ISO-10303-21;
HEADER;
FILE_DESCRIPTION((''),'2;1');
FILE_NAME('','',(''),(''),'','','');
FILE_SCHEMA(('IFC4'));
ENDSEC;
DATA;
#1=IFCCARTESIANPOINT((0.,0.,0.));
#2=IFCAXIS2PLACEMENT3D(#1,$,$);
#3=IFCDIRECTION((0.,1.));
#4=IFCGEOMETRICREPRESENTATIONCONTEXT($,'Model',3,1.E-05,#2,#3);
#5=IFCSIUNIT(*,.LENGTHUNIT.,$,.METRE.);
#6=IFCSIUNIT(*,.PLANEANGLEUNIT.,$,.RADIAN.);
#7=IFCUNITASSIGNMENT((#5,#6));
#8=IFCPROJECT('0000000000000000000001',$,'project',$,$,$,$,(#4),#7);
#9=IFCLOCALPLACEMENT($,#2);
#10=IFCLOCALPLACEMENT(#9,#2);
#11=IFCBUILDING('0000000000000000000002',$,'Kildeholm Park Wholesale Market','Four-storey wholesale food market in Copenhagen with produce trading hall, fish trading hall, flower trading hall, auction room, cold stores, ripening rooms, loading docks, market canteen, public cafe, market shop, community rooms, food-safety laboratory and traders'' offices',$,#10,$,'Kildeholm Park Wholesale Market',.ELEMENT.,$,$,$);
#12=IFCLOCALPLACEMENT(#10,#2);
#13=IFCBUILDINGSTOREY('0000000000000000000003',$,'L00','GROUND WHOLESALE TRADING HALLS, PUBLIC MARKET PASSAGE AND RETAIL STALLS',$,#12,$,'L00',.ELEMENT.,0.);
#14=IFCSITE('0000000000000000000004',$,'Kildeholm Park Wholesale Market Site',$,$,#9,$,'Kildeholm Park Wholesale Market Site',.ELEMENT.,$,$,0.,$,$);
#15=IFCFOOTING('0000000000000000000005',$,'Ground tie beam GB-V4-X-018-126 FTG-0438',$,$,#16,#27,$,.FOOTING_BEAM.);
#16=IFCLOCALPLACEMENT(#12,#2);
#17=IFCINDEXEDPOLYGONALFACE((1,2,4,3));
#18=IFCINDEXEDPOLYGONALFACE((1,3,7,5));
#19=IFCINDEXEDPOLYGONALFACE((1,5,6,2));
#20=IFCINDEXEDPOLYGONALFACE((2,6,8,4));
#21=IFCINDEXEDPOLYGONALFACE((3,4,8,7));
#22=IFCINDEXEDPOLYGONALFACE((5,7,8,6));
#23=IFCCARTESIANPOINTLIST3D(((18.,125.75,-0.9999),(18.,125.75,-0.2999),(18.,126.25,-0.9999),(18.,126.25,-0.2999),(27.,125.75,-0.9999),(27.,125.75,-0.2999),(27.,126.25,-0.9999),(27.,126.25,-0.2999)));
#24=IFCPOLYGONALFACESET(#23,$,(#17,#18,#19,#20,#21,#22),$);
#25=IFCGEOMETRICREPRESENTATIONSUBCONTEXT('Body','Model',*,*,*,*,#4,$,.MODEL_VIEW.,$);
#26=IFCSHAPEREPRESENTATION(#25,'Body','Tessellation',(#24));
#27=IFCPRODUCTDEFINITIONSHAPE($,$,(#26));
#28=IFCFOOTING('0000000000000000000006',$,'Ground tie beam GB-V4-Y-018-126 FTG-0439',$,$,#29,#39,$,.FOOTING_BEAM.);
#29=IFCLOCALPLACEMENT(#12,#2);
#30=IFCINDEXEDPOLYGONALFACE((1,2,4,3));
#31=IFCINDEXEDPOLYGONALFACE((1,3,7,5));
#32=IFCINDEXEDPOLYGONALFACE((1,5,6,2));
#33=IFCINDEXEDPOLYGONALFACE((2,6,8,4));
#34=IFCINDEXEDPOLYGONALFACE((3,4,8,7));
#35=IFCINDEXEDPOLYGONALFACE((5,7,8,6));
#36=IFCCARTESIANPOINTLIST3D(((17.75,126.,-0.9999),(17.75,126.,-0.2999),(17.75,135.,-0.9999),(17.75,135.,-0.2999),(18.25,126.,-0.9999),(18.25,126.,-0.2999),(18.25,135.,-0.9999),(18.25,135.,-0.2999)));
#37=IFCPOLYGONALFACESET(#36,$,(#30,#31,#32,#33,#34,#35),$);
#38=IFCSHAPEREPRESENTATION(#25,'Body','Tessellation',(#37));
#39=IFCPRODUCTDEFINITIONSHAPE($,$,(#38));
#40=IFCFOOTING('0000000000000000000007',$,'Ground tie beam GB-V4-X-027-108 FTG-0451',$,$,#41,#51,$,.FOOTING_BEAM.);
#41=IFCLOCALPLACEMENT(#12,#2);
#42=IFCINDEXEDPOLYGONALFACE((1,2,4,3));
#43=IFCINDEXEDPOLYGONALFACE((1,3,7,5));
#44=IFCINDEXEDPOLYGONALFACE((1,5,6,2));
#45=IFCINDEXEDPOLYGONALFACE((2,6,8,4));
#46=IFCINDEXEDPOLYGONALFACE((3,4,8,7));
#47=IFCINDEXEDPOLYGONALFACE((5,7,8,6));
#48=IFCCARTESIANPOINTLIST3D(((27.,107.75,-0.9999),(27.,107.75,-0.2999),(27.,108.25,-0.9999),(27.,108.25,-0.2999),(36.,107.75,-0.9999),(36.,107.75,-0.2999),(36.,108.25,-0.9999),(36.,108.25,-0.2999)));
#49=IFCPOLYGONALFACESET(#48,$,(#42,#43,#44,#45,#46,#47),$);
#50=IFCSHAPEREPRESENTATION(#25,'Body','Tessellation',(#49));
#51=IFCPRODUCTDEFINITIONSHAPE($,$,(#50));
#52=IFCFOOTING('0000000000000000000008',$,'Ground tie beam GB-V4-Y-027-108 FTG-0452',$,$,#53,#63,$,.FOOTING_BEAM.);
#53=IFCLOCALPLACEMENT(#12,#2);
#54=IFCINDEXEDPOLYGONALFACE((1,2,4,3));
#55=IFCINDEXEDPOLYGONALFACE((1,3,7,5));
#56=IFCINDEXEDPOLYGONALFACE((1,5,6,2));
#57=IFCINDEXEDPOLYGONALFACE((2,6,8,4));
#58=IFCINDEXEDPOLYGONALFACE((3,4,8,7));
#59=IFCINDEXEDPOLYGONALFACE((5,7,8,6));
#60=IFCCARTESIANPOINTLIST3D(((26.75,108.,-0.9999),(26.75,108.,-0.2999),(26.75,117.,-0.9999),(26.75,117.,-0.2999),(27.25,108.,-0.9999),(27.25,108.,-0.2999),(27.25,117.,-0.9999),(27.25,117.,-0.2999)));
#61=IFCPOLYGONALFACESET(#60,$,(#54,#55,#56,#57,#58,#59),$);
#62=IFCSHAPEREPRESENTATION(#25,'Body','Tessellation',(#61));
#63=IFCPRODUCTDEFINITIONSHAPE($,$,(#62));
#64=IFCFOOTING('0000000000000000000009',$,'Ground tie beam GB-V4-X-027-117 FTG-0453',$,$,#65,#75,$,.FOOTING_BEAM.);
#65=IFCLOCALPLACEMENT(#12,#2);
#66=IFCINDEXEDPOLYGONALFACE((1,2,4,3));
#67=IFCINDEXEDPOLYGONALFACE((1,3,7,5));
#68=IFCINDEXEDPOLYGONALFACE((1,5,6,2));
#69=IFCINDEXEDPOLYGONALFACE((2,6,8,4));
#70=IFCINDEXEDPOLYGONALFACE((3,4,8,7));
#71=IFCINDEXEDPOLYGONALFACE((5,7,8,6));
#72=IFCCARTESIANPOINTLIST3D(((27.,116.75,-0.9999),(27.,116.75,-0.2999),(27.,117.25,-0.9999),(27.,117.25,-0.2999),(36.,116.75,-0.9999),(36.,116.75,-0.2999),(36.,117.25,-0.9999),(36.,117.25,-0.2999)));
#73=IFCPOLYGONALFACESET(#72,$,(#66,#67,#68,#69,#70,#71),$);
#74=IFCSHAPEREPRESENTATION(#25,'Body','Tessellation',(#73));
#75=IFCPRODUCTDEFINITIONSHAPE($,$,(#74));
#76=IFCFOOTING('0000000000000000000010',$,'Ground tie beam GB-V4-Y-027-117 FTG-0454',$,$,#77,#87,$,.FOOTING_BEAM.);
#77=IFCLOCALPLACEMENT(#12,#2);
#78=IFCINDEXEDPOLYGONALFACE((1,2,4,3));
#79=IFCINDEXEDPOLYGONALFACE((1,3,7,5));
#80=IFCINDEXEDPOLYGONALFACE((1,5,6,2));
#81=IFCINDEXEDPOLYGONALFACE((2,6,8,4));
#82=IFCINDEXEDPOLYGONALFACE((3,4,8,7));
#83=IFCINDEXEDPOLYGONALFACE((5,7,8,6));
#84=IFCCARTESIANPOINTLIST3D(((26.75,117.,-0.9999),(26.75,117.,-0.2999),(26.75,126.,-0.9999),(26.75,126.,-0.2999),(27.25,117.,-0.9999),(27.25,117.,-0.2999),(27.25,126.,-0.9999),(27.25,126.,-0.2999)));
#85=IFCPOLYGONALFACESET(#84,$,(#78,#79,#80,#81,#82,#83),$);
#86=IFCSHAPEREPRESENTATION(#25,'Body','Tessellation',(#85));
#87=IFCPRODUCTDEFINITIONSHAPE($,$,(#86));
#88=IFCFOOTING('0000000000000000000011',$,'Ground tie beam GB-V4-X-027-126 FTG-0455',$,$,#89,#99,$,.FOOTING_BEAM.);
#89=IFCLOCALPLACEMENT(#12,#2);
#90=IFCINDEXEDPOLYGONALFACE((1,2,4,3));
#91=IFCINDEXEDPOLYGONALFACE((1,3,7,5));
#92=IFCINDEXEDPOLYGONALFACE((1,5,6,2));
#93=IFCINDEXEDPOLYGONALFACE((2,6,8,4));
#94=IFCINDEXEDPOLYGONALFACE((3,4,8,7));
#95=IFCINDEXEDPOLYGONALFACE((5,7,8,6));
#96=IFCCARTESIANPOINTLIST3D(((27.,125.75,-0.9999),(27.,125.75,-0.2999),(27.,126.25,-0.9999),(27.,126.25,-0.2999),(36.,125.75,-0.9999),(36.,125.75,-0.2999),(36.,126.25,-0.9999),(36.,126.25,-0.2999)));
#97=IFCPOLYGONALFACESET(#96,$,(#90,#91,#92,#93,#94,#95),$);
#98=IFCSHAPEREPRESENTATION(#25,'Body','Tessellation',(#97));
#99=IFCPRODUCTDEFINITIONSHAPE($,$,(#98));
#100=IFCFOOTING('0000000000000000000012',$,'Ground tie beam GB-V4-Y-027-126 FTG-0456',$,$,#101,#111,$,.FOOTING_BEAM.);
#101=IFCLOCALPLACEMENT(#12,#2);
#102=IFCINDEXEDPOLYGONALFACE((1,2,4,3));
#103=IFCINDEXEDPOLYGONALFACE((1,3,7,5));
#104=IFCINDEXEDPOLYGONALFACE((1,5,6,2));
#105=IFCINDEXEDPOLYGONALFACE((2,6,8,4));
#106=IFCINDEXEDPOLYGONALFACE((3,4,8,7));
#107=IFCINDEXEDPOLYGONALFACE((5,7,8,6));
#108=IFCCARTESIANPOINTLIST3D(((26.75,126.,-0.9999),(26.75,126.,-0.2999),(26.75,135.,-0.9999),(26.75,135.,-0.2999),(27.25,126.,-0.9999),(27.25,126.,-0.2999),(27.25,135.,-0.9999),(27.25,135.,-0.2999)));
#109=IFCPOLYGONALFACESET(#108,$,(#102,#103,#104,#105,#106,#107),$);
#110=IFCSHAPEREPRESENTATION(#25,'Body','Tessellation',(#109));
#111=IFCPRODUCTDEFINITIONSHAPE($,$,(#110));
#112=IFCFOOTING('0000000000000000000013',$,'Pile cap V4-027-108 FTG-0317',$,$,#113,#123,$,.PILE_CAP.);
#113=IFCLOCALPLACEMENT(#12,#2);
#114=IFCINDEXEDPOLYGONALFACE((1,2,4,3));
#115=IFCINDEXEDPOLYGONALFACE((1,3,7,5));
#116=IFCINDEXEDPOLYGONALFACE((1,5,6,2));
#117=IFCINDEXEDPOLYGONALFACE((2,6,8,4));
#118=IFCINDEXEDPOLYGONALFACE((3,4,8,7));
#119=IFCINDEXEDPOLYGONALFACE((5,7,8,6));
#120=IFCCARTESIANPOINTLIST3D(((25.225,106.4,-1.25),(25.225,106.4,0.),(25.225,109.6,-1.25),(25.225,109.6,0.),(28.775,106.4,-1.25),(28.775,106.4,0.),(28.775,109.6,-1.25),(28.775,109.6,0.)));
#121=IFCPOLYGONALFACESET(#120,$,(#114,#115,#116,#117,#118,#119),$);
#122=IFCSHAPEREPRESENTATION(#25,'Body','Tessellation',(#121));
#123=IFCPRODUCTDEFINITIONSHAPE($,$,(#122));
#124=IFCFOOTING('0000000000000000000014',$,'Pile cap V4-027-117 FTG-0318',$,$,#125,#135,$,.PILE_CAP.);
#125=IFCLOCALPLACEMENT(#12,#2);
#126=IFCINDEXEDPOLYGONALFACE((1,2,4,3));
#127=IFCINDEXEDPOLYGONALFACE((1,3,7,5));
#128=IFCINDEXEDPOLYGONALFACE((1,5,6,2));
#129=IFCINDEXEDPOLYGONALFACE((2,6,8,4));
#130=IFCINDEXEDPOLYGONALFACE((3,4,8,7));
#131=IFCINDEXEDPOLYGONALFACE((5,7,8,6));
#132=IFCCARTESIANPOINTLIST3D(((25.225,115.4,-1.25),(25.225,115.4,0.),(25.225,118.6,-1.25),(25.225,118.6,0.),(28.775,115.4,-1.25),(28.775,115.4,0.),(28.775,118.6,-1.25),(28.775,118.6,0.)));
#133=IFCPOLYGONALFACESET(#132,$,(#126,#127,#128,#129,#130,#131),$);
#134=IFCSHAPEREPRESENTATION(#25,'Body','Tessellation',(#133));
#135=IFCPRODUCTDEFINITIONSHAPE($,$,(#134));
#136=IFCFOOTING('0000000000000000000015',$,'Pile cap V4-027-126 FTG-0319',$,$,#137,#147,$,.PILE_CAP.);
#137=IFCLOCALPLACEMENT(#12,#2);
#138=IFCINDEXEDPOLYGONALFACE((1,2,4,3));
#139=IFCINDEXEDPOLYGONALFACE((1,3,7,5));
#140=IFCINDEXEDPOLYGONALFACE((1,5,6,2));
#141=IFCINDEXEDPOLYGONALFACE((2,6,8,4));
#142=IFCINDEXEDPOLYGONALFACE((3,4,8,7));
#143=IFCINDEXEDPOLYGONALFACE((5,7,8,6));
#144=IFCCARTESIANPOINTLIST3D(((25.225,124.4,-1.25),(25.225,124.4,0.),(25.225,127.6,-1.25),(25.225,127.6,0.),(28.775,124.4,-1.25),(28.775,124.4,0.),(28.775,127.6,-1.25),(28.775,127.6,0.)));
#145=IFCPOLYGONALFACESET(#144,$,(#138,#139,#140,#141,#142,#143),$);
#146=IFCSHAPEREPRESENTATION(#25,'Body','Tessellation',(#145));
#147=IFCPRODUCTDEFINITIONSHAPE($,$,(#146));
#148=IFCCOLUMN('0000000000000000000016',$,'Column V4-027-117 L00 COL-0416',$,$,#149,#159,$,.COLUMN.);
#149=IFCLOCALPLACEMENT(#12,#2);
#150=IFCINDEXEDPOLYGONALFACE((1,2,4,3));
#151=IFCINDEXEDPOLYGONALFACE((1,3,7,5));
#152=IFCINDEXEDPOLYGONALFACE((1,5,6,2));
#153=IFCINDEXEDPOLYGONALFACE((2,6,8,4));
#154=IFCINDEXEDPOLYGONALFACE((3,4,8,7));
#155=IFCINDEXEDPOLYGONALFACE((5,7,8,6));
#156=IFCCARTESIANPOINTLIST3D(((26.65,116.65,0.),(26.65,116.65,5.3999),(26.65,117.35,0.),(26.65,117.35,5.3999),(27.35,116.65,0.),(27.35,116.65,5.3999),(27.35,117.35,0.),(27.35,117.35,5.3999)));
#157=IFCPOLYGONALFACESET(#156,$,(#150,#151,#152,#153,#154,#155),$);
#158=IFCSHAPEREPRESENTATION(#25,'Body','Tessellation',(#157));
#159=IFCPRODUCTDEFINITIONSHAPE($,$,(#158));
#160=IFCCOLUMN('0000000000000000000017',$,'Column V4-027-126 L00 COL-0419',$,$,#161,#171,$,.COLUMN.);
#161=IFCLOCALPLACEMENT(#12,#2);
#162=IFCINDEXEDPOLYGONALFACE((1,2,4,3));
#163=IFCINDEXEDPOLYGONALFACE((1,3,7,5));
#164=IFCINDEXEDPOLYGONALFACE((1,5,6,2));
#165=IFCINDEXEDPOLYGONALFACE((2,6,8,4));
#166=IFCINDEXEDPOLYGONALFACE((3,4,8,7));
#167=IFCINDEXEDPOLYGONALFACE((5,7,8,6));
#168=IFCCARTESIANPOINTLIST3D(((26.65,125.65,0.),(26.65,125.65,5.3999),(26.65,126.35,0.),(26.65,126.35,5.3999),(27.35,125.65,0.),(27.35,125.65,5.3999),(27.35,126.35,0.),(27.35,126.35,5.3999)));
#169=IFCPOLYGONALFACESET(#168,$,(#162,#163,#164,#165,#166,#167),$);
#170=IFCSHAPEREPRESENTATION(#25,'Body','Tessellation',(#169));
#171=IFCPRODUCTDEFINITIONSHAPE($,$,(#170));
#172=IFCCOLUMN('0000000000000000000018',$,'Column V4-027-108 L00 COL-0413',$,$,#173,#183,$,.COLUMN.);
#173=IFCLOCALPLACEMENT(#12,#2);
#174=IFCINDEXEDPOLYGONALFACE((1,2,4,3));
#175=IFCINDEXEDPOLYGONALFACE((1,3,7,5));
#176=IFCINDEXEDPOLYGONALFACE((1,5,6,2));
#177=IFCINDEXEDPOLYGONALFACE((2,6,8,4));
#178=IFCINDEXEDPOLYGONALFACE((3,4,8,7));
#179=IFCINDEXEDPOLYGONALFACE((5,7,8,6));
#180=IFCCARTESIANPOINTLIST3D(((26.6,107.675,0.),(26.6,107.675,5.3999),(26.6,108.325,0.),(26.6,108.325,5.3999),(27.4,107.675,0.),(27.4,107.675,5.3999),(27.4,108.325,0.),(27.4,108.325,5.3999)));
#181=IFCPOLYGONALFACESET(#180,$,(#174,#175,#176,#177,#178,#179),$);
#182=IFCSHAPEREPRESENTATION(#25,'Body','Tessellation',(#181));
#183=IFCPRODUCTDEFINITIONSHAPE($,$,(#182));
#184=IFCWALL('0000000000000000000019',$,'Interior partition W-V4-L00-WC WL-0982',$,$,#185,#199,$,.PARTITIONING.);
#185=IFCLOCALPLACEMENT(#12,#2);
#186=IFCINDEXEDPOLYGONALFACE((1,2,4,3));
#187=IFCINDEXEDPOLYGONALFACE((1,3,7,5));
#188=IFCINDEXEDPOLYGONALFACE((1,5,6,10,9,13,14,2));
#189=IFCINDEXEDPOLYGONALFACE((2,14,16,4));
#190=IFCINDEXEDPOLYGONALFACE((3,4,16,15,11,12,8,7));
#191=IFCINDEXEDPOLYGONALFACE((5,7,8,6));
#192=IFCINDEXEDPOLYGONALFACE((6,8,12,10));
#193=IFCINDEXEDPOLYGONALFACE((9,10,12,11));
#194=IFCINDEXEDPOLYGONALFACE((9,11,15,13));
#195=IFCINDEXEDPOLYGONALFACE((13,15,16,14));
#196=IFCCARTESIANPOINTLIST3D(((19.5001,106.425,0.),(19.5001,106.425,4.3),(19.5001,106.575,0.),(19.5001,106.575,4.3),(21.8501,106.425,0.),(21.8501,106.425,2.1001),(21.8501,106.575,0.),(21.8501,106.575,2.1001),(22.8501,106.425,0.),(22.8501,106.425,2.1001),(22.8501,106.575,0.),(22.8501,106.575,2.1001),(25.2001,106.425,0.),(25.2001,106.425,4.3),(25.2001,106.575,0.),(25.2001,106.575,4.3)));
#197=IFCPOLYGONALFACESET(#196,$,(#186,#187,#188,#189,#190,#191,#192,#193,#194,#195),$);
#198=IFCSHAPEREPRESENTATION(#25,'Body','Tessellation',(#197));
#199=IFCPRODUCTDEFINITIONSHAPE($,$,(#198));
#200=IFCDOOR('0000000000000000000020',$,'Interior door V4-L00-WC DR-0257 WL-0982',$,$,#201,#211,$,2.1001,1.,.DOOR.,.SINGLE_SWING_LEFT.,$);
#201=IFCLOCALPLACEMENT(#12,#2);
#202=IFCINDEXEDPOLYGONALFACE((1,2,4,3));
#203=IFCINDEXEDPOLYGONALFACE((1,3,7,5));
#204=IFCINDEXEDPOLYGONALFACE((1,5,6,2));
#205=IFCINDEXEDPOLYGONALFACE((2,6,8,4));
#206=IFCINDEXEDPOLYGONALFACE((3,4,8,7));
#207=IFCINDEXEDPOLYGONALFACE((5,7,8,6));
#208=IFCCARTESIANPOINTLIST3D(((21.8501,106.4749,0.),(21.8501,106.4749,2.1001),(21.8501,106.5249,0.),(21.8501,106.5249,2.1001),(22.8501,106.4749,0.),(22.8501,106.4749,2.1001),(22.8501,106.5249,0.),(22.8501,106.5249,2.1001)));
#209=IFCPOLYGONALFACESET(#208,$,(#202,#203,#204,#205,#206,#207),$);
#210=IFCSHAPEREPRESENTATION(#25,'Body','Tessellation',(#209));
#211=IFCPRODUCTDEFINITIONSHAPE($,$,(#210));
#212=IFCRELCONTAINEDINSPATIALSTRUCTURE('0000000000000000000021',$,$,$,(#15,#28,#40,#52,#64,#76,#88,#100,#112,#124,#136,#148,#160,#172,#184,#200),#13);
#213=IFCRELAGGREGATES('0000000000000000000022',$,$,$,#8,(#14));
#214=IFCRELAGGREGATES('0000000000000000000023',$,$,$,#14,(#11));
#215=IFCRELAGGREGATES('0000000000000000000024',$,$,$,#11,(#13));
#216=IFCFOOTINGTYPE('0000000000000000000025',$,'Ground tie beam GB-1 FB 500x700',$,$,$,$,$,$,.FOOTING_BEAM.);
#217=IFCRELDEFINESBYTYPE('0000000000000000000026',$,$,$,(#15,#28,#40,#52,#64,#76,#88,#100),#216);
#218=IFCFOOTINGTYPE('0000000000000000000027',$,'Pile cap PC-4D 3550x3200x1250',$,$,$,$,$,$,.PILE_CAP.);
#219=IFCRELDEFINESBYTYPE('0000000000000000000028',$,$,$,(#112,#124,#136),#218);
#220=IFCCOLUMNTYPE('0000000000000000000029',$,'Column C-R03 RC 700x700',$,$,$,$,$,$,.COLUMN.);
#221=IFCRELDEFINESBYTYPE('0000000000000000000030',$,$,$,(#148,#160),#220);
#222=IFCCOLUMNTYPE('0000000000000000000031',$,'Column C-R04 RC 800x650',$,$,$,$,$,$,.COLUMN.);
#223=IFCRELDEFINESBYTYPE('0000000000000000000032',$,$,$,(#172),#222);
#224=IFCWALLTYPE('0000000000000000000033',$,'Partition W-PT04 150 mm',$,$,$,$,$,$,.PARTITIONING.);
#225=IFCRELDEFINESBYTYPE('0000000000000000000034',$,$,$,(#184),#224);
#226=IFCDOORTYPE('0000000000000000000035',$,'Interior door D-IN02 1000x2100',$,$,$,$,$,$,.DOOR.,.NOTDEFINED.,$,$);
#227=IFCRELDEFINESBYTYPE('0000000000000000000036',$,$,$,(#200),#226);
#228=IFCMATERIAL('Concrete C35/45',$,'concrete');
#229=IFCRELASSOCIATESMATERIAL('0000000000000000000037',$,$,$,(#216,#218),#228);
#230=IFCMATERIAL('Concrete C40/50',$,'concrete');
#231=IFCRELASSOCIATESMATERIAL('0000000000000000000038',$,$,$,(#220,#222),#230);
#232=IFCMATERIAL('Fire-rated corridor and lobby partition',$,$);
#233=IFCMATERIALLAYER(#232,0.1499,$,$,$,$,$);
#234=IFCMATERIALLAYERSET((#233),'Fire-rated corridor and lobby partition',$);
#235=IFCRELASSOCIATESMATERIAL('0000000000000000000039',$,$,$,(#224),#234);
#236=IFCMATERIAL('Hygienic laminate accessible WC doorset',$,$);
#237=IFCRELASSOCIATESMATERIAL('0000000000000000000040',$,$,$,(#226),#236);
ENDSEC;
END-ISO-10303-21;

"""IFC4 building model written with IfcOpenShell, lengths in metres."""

from ifc_helpers import new_model, si_unit, direction, frame, frame_2d, origin, origin_2d, place, context, subcontext, project, spatial, rectangle, extrude, material, layer, layer_set, material_profile, profile_set, type_object, element, fill, save


model = new_model("IFC4")

# Units and contexts
model_context = context("Model", 3, precision=1e-05, world=origin(), true_north=direction((0.0, 1.0)))
body_context = subcontext(model_context, "Body", "Model", "MODEL_VIEW")
ifc_project = project(units=[si_unit("LENGTHUNIT", "METRE"), si_unit("PLANEANGLEUNIT", "RADIAN")], contexts=[model_context])

# Site, building, storey
site_placement = place(None, origin())
site = spatial("IfcSite", under=ifc_project, at=site_placement, Name="Kildeholm Park Wholesale Market Site", LongName="Kildeholm Park Wholesale Market Site", CompositionType="ELEMENT", RefElevation=0.0)
building_placement = place(site_placement, origin())
building = spatial("IfcBuilding", under=site, at=building_placement, Name="Kildeholm Park Wholesale Market", Description="Four-storey wholesale food market in Copenhagen with produce trading hall, fish trading hall, flower trading hall, auction room, cold stores, ripening rooms, loading docks, market canteen, public cafe, market shop, community rooms, food-safety laboratory and traders' offices", LongName="Kildeholm Park Wholesale Market", CompositionType="ELEMENT")
storey_placement = place(building_placement, origin())
storey = spatial("IfcBuildingStorey", under=building, at=storey_placement, Name="L00", Description="GROUND WHOLESALE TRADING HALLS, PUBLIC MARKET PASSAGE AND RETAIL STALLS", LongName="L00", CompositionType="ELEMENT", Elevation=0.0)

# Shared definitions
ifc_material_1 = material(Name="Concrete C35/45", Category="concrete")

# Footings
ifc_material_profile_1 = material_profile(ifc_material_1, rectangle(XDim=0.5, YDim=0.7, at=origin_2d()), Name="FB 500x700")
ifc_profile_set_1 = profile_set([ifc_material_profile_1], Name="Concrete C35/45")
footing_type_1 = type_object("IfcFootingType", Name="Ground tie beam GB-1 FB 500x700", PredefinedType="FOOTING_BEAM", material=ifc_profile_set_1)
for number, where, z_axis, x_axis, name in (
    (1, (18.0, 126.0, -0.6499), (1.0, 0.0, 0.0), (0.0, 1.0, 0.0), "Ground tie beam GB-V4-X-018-126 FTG-0438"),
    (2, (18.0, 126.0, -0.6499), (0.0, 1.0, 0.0), (-1.0, 0.0, 0.0), "Ground tie beam GB-V4-Y-018-126 FTG-0439"),
    (3, (27.0, 108.0, -0.6499), (1.0, 0.0, 0.0), (0.0, 1.0, 0.0), "Ground tie beam GB-V4-X-027-108 FTG-0451"),
    (4, (27.0, 108.0, -0.6499), (0.0, 1.0, 0.0), (-1.0, 0.0, 0.0), "Ground tie beam GB-V4-Y-027-108 FTG-0452"),
    (5, (27.0, 117.0, -0.6499), (1.0, 0.0, 0.0), (0.0, 1.0, 0.0), "Ground tie beam GB-V4-X-027-117 FTG-0453"),
    (6, (27.0, 117.0, -0.6499), (0.0, 1.0, 0.0), (-1.0, 0.0, 0.0), "Ground tie beam GB-V4-Y-027-117 FTG-0454"),
    (7, (27.0, 126.0, -0.6499), (1.0, 0.0, 0.0), (0.0, 1.0, 0.0), "Ground tie beam GB-V4-X-027-126 FTG-0455"),
    (8, (27.0, 126.0, -0.6499), (0.0, 1.0, 0.0), (-1.0, 0.0, 0.0), "Ground tie beam GB-V4-Y-027-126 FTG-0456"),
):
    element("IfcFooting", number, at=place(storey_placement, frame(where, z_axis=z_axis, x_axis=x_axis)), inside=storey, type_object=footing_type_1, Name=name, PredefinedType="FOOTING_BEAM", context=body_context, shape_type="SweptSolid", body=[
        extrude(rectangle(XDim=0.5, YDim=0.7, at=origin_2d()), origin(), (0.0, 0.0, 1.0), 9.0),
    ])
footing_type_2 = type_object("IfcFootingType", Name="Pile cap PC-4D 3550x3200x1250", PredefinedType="PILE_CAP", material=ifc_material_1)
for number, where, z_axis, x_axis, name in (
    (9, (27.0, 108.0, -1.25), (0.0, 0.0, 1.0), (1.0, 0.0, 0.0), "Pile cap V4-027-108 FTG-0317"),
    (10, (27.0, 117.0, -1.25), (0.0, 0.0, 1.0), (1.0, 0.0, 0.0), "Pile cap V4-027-117 FTG-0318"),
    (11, (27.0, 126.0, -1.25), (0.0, 0.0, 1.0), (1.0, 0.0, 0.0), "Pile cap V4-027-126 FTG-0319"),
):
    element("IfcFooting", number, at=place(storey_placement, frame(where, z_axis=z_axis, x_axis=x_axis)), inside=storey, type_object=footing_type_2, Name=name, PredefinedType="PILE_CAP", context=body_context, shape_type="SweptSolid", body=[
        extrude(rectangle(XDim=3.55, YDim=3.2, at=origin_2d()), origin(), (0.0, 0.0, 1.0), 1.25),
    ])

# Columns
ifc_material_2 = material(Name="Concrete C40/50", Category="concrete")
ifc_material_profile_2 = material_profile(ifc_material_2, rectangle(XDim=0.7, YDim=0.7, at=origin_2d()), Name="RC 700x700")
ifc_profile_set_2 = profile_set([ifc_material_profile_2], Name="Concrete C40/50")
column_type_1 = type_object("IfcColumnType", Name="Column C-R03 RC 700x700", PredefinedType="COLUMN", material=ifc_profile_set_2)
for number, where, z_axis, x_axis, name in (
    (12, (27.0, 117.0, 0.0), (0.0, 0.0, 1.0), (1.0, 0.0, 0.0), "Column V4-027-117 L00 COL-0416"),
    (13, (27.0, 126.0, 0.0), (0.0, 0.0, 1.0), (1.0, 0.0, 0.0), "Column V4-027-126 L00 COL-0419"),
):
    element("IfcColumn", number, at=place(storey_placement, frame(where, z_axis=z_axis, x_axis=x_axis)), inside=storey, type_object=column_type_1, Name=name, PredefinedType="COLUMN", context=body_context, shape_type="SweptSolid", body=[
        extrude(rectangle(XDim=0.7, YDim=0.7, at=origin_2d()), origin(), (0.0, 0.0, 1.0), 5.3999),
    ])
ifc_material_profile_3 = material_profile(ifc_material_2, rectangle(XDim=0.8, YDim=0.6499, at=origin_2d()), Name="RC 800x650")
ifc_profile_set_3 = profile_set([ifc_material_profile_3], Name="Concrete C40/50")
column_type_2 = type_object("IfcColumnType", Name="Column C-R04 RC 800x650", PredefinedType="COLUMN", material=ifc_profile_set_3)
column_placement = place(storey_placement, frame((27.0, 108.0, 0.0), z_axis=(0.0, 0.0, 1.0), x_axis=(1.0, 0.0, 0.0)))
element("IfcColumn", 14, at=column_placement, inside=storey, type_object=column_type_2, Name="Column V4-027-108 L00 COL-0413", PredefinedType="COLUMN", context=body_context, shape_type="SweptSolid", body=[
    extrude(rectangle(XDim=0.8, YDim=0.6499, at=origin_2d()), origin(), (0.0, 0.0, 1.0), 5.3999),
])

# Wall, opening, door
ifc_material_3 = material(Name="Fire-rated corridor and lobby partition")
ifc_layer_1 = layer(ifc_material_3, 0.1499)
ifc_layer_set_1 = layer_set([ifc_layer_1], Name="Fire-rated corridor and lobby partition")
wall_type_1 = type_object("IfcWallType", Name="Partition W-PT04 150 mm", PredefinedType="PARTITIONING", material=ifc_layer_set_1)
wall_1_placement = place(storey_placement, frame((19.5, 106.5, 0.0), z_axis=(0.0, 0.0, 1.0), x_axis=(1.0, 0.0, 0.0)))
wall_1 = element("IfcWall", 15, at=wall_1_placement, inside=storey, type_object=wall_type_1, Name="Interior partition W-V4-L00-WC WL-0982", PredefinedType="PARTITIONING", context=body_context, shape_type="SweptSolid", body=[
    extrude(rectangle(XDim=5.7, YDim=0.1499, at=frame_2d((2.8501, 0.0))), origin(), (0.0, 0.0, 1.0), 4.3),
])
opening_1_placement = place(wall_1_placement, frame((2.3501, 0.0, 0.0)))
opening_1 = element("IfcOpeningElement", 16, at=opening_1_placement, cuts=wall_1, PredefinedType="OPENING", context=body_context, shape_type="SweptSolid", body=[
    extrude(rectangle(XDim=1.0, YDim=2.1001, at=frame_2d((0.5, 1.05))), frame((0.0, 0.085, 0.0), z_axis=(0.0, -1.0, 0.0), x_axis=(1.0, 0.0, 0.0)), (0.0, 0.0, 1.0), 0.1699),
])
ifc_material_4 = material(Name="Hygienic laminate accessible WC doorset")
door_type_1 = type_object("IfcDoorType", Name="Interior door D-IN02 1000x2100", OperationType="NOTDEFINED", PredefinedType="DOOR", material=ifc_material_4)
door_1_placement = place(opening_1_placement, origin())
door_1 = element("IfcDoor", 17, at=door_1_placement, inside=storey, type_object=door_type_1, Name="Interior door V4-L00-WC DR-0257 WL-0982", OperationType="SINGLE_SWING_LEFT", OverallHeight=2.1001, OverallWidth=1.0, PredefinedType="DOOR", context=body_context, shape_type="SweptSolid", body=[
    extrude(rectangle(XDim=1.0, YDim=2.1001, at=frame_2d((0.5, 1.05))), frame((0.0, 0.0249, 0.0), z_axis=(0.0, -1.0, 0.0), x_axis=(1.0, 0.0, 0.0)), (0.0, 0.0, 1.0), 0.05),
])
fill(opening_1, door_1)

save(model, "model.ifc")
